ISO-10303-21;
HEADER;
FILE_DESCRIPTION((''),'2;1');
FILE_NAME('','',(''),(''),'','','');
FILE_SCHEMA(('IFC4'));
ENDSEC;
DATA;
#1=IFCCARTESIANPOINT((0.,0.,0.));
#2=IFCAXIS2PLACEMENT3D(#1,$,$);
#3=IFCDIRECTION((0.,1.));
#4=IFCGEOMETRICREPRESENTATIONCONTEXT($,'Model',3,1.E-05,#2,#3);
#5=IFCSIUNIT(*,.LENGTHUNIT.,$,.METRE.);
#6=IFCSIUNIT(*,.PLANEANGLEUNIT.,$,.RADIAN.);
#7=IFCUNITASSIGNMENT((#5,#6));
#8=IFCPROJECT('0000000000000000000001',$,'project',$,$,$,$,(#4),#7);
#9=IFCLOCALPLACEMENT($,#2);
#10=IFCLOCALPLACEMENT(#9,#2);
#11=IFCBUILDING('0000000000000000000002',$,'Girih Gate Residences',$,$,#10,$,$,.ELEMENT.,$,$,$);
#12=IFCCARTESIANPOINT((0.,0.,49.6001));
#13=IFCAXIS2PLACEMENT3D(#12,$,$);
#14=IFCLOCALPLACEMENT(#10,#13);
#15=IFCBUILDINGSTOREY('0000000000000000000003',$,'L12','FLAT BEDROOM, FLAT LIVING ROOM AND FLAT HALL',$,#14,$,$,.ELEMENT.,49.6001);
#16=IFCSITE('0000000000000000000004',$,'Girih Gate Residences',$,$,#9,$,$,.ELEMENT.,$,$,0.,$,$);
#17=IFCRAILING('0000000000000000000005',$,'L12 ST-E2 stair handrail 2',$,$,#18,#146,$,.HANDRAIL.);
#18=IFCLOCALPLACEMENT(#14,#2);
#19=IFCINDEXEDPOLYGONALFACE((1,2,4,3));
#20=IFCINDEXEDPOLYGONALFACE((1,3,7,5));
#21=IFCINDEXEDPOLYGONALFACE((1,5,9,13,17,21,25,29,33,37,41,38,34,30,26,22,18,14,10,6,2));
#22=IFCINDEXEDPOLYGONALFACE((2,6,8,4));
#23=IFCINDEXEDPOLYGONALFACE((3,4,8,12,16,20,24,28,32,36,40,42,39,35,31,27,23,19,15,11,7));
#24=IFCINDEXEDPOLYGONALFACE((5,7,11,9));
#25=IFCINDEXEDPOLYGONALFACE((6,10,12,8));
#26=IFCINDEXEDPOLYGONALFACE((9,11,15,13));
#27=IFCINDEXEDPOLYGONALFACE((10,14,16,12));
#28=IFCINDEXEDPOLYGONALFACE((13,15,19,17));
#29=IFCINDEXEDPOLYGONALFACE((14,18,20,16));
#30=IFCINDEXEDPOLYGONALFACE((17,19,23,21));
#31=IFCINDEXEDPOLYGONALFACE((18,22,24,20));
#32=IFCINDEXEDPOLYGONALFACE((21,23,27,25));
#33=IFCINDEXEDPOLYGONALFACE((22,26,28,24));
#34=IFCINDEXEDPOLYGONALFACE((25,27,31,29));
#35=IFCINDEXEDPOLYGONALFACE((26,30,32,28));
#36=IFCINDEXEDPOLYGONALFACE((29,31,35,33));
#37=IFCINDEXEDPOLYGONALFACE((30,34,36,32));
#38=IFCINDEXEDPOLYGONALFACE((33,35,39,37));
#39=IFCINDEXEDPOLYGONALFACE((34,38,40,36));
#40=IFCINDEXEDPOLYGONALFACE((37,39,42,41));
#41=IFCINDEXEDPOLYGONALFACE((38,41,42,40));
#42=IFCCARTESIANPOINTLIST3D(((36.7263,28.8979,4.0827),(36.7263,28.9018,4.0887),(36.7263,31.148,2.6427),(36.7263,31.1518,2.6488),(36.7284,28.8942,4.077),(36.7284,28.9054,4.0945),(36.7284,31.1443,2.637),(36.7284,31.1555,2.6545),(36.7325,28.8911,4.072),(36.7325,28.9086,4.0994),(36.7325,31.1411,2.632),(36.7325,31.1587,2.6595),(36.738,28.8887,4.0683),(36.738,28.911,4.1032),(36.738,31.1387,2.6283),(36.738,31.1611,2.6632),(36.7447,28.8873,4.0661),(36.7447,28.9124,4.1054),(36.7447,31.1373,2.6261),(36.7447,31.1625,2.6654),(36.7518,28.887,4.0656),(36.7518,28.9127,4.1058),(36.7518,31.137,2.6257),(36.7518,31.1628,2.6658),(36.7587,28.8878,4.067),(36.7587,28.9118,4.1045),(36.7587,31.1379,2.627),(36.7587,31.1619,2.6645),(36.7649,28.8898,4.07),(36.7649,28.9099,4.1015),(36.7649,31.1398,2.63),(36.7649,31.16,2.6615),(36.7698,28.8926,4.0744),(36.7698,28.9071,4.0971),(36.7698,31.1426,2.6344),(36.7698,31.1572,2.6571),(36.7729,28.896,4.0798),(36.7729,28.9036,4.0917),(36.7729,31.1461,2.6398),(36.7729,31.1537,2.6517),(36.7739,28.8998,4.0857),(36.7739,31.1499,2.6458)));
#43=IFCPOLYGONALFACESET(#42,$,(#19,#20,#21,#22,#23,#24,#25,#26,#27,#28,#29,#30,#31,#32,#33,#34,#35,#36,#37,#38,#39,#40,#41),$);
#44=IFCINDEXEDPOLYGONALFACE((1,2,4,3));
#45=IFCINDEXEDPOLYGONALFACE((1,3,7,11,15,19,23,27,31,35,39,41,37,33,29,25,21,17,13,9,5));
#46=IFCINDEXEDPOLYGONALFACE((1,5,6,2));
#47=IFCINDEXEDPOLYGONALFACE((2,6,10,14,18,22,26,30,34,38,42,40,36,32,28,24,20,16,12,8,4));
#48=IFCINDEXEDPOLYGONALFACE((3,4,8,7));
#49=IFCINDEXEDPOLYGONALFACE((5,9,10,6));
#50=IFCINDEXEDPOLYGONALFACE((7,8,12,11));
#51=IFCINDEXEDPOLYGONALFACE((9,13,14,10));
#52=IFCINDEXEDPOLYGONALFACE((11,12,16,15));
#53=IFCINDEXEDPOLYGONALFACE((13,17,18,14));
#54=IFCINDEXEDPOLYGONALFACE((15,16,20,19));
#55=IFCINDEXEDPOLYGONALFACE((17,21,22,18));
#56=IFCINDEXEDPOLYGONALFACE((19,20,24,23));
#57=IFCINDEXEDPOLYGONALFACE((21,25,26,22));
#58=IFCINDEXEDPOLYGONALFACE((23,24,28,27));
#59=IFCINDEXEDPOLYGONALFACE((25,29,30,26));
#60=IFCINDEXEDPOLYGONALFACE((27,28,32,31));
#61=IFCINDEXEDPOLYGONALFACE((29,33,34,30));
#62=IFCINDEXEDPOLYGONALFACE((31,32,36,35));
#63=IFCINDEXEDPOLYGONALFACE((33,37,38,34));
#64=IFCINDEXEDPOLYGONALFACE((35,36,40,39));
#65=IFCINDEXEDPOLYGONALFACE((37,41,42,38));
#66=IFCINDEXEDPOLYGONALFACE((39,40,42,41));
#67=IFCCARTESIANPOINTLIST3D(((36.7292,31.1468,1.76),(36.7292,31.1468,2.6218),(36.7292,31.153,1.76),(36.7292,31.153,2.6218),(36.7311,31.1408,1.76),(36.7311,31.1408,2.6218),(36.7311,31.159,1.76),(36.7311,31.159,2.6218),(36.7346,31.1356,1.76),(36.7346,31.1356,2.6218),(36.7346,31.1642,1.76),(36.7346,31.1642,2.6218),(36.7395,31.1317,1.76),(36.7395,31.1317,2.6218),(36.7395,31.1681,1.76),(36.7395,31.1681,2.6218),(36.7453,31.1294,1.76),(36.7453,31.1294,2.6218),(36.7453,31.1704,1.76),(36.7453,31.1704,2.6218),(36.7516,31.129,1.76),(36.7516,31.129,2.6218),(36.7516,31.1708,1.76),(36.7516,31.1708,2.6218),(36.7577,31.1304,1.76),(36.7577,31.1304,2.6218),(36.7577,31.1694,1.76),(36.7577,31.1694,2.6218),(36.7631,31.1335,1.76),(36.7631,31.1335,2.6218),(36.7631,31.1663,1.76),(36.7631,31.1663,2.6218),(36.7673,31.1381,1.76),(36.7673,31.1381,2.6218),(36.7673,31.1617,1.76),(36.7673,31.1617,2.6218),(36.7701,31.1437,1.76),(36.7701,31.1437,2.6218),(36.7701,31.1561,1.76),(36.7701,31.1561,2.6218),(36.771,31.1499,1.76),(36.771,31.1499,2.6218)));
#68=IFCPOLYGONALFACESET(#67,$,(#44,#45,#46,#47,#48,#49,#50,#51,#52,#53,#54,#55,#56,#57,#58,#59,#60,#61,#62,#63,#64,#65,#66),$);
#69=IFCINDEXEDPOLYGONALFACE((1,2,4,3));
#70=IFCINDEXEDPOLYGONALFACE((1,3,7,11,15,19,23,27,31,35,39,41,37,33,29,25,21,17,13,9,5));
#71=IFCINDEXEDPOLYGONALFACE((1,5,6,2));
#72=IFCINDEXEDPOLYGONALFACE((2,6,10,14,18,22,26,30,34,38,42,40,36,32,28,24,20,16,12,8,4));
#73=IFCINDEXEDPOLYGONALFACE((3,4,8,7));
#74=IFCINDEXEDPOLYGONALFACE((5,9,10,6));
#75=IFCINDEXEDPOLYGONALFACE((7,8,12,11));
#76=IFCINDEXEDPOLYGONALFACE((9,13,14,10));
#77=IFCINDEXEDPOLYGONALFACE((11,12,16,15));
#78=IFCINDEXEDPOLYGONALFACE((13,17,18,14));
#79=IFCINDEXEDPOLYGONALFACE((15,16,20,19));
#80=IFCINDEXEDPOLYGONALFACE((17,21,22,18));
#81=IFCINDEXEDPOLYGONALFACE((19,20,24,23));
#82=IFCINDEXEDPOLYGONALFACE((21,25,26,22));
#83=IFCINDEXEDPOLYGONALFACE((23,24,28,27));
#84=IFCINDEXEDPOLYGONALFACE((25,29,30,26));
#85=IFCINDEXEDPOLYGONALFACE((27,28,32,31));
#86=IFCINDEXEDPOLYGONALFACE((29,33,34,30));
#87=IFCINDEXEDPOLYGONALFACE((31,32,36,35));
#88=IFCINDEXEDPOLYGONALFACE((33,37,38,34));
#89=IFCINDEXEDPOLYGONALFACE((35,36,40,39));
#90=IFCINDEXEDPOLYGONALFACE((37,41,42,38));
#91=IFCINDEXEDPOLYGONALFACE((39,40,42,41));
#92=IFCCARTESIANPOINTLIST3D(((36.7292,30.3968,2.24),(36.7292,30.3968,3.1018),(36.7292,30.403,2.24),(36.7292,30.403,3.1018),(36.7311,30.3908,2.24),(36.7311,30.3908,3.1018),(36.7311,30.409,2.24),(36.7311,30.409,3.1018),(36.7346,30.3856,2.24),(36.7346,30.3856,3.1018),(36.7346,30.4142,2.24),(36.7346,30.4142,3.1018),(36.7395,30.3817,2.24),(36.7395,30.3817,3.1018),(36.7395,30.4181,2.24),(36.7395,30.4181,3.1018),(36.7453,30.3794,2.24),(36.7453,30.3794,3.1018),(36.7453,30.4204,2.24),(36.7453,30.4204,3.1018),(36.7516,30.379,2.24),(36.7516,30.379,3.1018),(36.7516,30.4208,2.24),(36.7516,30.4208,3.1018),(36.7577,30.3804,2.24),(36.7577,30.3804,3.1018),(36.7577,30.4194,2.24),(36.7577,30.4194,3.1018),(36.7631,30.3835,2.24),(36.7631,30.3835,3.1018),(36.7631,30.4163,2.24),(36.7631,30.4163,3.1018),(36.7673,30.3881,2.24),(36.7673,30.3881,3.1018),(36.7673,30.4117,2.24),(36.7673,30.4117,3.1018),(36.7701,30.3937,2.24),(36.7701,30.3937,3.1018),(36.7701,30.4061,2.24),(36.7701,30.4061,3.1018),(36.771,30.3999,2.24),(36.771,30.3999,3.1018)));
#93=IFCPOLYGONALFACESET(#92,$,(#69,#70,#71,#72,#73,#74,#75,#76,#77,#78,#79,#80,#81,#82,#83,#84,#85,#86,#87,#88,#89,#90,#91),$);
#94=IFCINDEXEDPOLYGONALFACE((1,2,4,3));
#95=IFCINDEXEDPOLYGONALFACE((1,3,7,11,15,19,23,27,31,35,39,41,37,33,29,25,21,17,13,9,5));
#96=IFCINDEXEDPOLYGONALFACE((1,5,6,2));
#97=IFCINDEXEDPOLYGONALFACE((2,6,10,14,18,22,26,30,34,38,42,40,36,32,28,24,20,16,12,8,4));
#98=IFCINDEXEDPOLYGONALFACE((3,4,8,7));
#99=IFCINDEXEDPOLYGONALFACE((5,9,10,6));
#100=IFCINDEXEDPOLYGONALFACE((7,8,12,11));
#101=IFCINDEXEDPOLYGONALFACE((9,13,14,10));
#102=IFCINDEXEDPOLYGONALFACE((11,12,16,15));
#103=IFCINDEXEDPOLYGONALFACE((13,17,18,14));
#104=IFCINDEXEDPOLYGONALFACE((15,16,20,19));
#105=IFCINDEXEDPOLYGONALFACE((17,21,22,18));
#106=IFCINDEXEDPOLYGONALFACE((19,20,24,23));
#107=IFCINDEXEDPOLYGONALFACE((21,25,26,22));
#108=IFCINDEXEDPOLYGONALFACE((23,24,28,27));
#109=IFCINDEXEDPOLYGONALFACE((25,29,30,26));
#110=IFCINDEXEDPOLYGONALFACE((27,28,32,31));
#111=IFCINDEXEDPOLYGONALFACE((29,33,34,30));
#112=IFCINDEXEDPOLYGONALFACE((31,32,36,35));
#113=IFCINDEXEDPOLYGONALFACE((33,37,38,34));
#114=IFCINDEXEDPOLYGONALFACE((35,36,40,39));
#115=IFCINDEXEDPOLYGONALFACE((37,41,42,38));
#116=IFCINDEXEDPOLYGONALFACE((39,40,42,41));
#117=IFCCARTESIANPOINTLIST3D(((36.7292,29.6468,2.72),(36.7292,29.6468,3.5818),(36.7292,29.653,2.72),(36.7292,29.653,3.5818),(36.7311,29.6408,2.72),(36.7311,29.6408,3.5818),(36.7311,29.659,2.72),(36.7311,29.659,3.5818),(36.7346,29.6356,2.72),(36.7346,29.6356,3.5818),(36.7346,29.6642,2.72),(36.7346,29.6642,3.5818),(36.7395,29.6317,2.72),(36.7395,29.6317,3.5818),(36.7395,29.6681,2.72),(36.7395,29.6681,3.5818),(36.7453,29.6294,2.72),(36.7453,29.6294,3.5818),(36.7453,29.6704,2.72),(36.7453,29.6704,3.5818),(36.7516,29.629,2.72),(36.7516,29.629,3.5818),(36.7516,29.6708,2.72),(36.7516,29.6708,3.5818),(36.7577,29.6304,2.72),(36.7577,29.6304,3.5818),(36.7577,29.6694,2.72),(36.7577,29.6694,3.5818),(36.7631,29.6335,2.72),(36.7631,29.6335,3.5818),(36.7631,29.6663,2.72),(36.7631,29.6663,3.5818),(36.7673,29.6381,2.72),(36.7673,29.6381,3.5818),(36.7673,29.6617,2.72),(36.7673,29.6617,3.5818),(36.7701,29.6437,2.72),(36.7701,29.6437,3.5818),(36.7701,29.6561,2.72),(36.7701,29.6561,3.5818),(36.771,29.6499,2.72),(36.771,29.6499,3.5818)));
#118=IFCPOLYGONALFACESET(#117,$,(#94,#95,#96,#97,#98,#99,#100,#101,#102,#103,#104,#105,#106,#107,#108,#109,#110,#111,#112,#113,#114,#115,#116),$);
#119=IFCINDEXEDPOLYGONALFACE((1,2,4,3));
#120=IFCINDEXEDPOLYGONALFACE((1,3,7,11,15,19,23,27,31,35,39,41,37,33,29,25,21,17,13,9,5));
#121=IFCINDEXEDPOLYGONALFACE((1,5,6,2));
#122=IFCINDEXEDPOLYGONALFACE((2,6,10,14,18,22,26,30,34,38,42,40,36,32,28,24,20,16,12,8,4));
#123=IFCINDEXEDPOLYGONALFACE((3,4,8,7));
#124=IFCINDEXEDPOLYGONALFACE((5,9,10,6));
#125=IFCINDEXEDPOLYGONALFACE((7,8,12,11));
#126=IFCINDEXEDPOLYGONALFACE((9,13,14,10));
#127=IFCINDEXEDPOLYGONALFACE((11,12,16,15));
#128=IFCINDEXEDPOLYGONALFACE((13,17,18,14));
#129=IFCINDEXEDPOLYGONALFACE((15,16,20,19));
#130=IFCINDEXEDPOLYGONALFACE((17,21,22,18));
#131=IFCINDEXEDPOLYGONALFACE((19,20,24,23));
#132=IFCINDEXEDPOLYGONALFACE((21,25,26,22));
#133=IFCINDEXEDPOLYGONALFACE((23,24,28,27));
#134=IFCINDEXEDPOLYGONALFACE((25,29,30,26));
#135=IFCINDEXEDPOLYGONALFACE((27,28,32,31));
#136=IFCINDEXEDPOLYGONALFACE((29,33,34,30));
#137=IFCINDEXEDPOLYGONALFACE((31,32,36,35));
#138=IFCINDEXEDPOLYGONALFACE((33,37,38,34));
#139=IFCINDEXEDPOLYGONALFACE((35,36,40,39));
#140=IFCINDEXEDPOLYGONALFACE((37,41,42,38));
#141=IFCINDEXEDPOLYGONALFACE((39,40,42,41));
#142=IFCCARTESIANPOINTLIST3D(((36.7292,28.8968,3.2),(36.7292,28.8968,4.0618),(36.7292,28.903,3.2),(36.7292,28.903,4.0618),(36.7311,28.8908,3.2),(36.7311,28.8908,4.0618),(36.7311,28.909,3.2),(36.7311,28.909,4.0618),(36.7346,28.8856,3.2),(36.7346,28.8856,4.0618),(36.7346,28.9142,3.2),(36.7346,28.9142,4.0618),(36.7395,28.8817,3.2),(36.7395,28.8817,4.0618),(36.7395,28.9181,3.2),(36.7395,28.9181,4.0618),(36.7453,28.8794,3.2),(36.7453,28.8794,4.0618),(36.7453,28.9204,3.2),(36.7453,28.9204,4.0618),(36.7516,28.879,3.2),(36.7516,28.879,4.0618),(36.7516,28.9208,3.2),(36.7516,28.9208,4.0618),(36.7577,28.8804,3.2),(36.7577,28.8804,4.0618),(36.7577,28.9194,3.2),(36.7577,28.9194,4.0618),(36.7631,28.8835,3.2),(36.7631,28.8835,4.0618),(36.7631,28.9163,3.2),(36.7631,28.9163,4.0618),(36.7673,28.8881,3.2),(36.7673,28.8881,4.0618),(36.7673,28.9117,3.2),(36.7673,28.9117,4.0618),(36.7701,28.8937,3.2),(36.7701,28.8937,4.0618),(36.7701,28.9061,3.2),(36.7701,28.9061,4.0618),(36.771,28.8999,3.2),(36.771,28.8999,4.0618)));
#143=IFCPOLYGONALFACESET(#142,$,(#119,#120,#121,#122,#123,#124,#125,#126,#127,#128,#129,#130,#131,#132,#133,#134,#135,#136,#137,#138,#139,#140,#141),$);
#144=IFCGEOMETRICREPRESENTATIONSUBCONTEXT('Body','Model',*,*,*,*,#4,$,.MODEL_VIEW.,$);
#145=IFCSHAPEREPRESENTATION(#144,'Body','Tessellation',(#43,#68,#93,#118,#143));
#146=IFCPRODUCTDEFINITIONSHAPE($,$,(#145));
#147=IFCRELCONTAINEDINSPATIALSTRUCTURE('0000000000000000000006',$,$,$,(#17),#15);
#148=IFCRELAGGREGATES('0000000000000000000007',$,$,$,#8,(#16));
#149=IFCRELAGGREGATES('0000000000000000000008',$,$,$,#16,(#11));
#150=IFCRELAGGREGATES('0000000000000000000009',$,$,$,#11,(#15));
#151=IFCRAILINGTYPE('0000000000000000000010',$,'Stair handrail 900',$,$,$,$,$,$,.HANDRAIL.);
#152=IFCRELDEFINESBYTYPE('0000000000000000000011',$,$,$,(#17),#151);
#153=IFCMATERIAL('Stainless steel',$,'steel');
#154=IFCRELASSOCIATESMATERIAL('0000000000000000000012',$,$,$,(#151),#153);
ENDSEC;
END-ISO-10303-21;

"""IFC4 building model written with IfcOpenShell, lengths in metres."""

from ifc_helpers import new_model, si_unit, direction, frame, origin, origin_2d, place, context, subcontext, project, spatial, circle, extrude, material, type_object, element, save


model = new_model("IFC4")

# Units and contexts
model_context = context("Model", 3, precision=1e-05, world=origin(), true_north=direction((0.0, 1.0)))
body_context = subcontext(model_context, "Body", "Model", "MODEL_VIEW")
ifc_project = project(units=[si_unit("LENGTHUNIT", "METRE"), si_unit("PLANEANGLEUNIT", "RADIAN")], contexts=[model_context])

# Site, building, storey
site_placement = place(None, origin())
site = spatial("IfcSite", under=ifc_project, at=site_placement, Name="Girih Gate Residences", CompositionType="ELEMENT", RefElevation=0.0)
building_placement = place(site_placement, origin())
building = spatial("IfcBuilding", under=site, at=building_placement, Name="Girih Gate Residences", CompositionType="ELEMENT")
storey_placement = place(building_placement, frame((0.0, 0.0, 49.6001)))
storey = spatial("IfcBuildingStorey", under=building, at=storey_placement, Name="L12", Description="FLAT BEDROOM, FLAT LIVING ROOM AND FLAT HALL", CompositionType="ELEMENT", Elevation=49.6001)

# Shared definitions
ifc_material_1 = material(Name="Stainless steel", Category="steel")

# Railing
railing_type_1 = type_object("IfcRailingType", Name="Stair handrail 900", PredefinedType="HANDRAIL", material=ifc_material_1)
railing_1_placement = place(storey_placement, frame((36.75, 31.1499, 1.76)))
element("IfcRailing", 1, at=railing_1_placement, inside=storey, type_object=railing_type_1, Name="L12 ST-E2 stair handrail 2", PredefinedType="HANDRAIL", context=body_context, shape_type="SweptSolid", body=[
    extrude(circle(Radius=0.0239, at=origin_2d()), frame((0.0, 0.0, 0.8857), z_axis=(0.0, -0.842281, 0.539038), x_axis=(1.0, 0.0, 0.0)), (0.0, 0.0, 1.0), 2.6714),
    extrude(circle(Radius=0.021, at=origin_2d()), origin(), (0.0, 0.0, 1.0), 0.8618),
    extrude(circle(Radius=0.021, at=origin_2d()), frame((0.0, -0.75, 0.48)), (0.0, 0.0, 1.0), 0.8618),
    extrude(circle(Radius=0.021, at=origin_2d()), frame((0.0, -1.5, 0.96)), (0.0, 0.0, 1.0), 0.8618),
    extrude(circle(Radius=0.021, at=origin_2d()), frame((0.0, -2.25, 1.4399)), (0.0, 0.0, 1.0), 0.8618),
])

save(model, "model.ifc")
